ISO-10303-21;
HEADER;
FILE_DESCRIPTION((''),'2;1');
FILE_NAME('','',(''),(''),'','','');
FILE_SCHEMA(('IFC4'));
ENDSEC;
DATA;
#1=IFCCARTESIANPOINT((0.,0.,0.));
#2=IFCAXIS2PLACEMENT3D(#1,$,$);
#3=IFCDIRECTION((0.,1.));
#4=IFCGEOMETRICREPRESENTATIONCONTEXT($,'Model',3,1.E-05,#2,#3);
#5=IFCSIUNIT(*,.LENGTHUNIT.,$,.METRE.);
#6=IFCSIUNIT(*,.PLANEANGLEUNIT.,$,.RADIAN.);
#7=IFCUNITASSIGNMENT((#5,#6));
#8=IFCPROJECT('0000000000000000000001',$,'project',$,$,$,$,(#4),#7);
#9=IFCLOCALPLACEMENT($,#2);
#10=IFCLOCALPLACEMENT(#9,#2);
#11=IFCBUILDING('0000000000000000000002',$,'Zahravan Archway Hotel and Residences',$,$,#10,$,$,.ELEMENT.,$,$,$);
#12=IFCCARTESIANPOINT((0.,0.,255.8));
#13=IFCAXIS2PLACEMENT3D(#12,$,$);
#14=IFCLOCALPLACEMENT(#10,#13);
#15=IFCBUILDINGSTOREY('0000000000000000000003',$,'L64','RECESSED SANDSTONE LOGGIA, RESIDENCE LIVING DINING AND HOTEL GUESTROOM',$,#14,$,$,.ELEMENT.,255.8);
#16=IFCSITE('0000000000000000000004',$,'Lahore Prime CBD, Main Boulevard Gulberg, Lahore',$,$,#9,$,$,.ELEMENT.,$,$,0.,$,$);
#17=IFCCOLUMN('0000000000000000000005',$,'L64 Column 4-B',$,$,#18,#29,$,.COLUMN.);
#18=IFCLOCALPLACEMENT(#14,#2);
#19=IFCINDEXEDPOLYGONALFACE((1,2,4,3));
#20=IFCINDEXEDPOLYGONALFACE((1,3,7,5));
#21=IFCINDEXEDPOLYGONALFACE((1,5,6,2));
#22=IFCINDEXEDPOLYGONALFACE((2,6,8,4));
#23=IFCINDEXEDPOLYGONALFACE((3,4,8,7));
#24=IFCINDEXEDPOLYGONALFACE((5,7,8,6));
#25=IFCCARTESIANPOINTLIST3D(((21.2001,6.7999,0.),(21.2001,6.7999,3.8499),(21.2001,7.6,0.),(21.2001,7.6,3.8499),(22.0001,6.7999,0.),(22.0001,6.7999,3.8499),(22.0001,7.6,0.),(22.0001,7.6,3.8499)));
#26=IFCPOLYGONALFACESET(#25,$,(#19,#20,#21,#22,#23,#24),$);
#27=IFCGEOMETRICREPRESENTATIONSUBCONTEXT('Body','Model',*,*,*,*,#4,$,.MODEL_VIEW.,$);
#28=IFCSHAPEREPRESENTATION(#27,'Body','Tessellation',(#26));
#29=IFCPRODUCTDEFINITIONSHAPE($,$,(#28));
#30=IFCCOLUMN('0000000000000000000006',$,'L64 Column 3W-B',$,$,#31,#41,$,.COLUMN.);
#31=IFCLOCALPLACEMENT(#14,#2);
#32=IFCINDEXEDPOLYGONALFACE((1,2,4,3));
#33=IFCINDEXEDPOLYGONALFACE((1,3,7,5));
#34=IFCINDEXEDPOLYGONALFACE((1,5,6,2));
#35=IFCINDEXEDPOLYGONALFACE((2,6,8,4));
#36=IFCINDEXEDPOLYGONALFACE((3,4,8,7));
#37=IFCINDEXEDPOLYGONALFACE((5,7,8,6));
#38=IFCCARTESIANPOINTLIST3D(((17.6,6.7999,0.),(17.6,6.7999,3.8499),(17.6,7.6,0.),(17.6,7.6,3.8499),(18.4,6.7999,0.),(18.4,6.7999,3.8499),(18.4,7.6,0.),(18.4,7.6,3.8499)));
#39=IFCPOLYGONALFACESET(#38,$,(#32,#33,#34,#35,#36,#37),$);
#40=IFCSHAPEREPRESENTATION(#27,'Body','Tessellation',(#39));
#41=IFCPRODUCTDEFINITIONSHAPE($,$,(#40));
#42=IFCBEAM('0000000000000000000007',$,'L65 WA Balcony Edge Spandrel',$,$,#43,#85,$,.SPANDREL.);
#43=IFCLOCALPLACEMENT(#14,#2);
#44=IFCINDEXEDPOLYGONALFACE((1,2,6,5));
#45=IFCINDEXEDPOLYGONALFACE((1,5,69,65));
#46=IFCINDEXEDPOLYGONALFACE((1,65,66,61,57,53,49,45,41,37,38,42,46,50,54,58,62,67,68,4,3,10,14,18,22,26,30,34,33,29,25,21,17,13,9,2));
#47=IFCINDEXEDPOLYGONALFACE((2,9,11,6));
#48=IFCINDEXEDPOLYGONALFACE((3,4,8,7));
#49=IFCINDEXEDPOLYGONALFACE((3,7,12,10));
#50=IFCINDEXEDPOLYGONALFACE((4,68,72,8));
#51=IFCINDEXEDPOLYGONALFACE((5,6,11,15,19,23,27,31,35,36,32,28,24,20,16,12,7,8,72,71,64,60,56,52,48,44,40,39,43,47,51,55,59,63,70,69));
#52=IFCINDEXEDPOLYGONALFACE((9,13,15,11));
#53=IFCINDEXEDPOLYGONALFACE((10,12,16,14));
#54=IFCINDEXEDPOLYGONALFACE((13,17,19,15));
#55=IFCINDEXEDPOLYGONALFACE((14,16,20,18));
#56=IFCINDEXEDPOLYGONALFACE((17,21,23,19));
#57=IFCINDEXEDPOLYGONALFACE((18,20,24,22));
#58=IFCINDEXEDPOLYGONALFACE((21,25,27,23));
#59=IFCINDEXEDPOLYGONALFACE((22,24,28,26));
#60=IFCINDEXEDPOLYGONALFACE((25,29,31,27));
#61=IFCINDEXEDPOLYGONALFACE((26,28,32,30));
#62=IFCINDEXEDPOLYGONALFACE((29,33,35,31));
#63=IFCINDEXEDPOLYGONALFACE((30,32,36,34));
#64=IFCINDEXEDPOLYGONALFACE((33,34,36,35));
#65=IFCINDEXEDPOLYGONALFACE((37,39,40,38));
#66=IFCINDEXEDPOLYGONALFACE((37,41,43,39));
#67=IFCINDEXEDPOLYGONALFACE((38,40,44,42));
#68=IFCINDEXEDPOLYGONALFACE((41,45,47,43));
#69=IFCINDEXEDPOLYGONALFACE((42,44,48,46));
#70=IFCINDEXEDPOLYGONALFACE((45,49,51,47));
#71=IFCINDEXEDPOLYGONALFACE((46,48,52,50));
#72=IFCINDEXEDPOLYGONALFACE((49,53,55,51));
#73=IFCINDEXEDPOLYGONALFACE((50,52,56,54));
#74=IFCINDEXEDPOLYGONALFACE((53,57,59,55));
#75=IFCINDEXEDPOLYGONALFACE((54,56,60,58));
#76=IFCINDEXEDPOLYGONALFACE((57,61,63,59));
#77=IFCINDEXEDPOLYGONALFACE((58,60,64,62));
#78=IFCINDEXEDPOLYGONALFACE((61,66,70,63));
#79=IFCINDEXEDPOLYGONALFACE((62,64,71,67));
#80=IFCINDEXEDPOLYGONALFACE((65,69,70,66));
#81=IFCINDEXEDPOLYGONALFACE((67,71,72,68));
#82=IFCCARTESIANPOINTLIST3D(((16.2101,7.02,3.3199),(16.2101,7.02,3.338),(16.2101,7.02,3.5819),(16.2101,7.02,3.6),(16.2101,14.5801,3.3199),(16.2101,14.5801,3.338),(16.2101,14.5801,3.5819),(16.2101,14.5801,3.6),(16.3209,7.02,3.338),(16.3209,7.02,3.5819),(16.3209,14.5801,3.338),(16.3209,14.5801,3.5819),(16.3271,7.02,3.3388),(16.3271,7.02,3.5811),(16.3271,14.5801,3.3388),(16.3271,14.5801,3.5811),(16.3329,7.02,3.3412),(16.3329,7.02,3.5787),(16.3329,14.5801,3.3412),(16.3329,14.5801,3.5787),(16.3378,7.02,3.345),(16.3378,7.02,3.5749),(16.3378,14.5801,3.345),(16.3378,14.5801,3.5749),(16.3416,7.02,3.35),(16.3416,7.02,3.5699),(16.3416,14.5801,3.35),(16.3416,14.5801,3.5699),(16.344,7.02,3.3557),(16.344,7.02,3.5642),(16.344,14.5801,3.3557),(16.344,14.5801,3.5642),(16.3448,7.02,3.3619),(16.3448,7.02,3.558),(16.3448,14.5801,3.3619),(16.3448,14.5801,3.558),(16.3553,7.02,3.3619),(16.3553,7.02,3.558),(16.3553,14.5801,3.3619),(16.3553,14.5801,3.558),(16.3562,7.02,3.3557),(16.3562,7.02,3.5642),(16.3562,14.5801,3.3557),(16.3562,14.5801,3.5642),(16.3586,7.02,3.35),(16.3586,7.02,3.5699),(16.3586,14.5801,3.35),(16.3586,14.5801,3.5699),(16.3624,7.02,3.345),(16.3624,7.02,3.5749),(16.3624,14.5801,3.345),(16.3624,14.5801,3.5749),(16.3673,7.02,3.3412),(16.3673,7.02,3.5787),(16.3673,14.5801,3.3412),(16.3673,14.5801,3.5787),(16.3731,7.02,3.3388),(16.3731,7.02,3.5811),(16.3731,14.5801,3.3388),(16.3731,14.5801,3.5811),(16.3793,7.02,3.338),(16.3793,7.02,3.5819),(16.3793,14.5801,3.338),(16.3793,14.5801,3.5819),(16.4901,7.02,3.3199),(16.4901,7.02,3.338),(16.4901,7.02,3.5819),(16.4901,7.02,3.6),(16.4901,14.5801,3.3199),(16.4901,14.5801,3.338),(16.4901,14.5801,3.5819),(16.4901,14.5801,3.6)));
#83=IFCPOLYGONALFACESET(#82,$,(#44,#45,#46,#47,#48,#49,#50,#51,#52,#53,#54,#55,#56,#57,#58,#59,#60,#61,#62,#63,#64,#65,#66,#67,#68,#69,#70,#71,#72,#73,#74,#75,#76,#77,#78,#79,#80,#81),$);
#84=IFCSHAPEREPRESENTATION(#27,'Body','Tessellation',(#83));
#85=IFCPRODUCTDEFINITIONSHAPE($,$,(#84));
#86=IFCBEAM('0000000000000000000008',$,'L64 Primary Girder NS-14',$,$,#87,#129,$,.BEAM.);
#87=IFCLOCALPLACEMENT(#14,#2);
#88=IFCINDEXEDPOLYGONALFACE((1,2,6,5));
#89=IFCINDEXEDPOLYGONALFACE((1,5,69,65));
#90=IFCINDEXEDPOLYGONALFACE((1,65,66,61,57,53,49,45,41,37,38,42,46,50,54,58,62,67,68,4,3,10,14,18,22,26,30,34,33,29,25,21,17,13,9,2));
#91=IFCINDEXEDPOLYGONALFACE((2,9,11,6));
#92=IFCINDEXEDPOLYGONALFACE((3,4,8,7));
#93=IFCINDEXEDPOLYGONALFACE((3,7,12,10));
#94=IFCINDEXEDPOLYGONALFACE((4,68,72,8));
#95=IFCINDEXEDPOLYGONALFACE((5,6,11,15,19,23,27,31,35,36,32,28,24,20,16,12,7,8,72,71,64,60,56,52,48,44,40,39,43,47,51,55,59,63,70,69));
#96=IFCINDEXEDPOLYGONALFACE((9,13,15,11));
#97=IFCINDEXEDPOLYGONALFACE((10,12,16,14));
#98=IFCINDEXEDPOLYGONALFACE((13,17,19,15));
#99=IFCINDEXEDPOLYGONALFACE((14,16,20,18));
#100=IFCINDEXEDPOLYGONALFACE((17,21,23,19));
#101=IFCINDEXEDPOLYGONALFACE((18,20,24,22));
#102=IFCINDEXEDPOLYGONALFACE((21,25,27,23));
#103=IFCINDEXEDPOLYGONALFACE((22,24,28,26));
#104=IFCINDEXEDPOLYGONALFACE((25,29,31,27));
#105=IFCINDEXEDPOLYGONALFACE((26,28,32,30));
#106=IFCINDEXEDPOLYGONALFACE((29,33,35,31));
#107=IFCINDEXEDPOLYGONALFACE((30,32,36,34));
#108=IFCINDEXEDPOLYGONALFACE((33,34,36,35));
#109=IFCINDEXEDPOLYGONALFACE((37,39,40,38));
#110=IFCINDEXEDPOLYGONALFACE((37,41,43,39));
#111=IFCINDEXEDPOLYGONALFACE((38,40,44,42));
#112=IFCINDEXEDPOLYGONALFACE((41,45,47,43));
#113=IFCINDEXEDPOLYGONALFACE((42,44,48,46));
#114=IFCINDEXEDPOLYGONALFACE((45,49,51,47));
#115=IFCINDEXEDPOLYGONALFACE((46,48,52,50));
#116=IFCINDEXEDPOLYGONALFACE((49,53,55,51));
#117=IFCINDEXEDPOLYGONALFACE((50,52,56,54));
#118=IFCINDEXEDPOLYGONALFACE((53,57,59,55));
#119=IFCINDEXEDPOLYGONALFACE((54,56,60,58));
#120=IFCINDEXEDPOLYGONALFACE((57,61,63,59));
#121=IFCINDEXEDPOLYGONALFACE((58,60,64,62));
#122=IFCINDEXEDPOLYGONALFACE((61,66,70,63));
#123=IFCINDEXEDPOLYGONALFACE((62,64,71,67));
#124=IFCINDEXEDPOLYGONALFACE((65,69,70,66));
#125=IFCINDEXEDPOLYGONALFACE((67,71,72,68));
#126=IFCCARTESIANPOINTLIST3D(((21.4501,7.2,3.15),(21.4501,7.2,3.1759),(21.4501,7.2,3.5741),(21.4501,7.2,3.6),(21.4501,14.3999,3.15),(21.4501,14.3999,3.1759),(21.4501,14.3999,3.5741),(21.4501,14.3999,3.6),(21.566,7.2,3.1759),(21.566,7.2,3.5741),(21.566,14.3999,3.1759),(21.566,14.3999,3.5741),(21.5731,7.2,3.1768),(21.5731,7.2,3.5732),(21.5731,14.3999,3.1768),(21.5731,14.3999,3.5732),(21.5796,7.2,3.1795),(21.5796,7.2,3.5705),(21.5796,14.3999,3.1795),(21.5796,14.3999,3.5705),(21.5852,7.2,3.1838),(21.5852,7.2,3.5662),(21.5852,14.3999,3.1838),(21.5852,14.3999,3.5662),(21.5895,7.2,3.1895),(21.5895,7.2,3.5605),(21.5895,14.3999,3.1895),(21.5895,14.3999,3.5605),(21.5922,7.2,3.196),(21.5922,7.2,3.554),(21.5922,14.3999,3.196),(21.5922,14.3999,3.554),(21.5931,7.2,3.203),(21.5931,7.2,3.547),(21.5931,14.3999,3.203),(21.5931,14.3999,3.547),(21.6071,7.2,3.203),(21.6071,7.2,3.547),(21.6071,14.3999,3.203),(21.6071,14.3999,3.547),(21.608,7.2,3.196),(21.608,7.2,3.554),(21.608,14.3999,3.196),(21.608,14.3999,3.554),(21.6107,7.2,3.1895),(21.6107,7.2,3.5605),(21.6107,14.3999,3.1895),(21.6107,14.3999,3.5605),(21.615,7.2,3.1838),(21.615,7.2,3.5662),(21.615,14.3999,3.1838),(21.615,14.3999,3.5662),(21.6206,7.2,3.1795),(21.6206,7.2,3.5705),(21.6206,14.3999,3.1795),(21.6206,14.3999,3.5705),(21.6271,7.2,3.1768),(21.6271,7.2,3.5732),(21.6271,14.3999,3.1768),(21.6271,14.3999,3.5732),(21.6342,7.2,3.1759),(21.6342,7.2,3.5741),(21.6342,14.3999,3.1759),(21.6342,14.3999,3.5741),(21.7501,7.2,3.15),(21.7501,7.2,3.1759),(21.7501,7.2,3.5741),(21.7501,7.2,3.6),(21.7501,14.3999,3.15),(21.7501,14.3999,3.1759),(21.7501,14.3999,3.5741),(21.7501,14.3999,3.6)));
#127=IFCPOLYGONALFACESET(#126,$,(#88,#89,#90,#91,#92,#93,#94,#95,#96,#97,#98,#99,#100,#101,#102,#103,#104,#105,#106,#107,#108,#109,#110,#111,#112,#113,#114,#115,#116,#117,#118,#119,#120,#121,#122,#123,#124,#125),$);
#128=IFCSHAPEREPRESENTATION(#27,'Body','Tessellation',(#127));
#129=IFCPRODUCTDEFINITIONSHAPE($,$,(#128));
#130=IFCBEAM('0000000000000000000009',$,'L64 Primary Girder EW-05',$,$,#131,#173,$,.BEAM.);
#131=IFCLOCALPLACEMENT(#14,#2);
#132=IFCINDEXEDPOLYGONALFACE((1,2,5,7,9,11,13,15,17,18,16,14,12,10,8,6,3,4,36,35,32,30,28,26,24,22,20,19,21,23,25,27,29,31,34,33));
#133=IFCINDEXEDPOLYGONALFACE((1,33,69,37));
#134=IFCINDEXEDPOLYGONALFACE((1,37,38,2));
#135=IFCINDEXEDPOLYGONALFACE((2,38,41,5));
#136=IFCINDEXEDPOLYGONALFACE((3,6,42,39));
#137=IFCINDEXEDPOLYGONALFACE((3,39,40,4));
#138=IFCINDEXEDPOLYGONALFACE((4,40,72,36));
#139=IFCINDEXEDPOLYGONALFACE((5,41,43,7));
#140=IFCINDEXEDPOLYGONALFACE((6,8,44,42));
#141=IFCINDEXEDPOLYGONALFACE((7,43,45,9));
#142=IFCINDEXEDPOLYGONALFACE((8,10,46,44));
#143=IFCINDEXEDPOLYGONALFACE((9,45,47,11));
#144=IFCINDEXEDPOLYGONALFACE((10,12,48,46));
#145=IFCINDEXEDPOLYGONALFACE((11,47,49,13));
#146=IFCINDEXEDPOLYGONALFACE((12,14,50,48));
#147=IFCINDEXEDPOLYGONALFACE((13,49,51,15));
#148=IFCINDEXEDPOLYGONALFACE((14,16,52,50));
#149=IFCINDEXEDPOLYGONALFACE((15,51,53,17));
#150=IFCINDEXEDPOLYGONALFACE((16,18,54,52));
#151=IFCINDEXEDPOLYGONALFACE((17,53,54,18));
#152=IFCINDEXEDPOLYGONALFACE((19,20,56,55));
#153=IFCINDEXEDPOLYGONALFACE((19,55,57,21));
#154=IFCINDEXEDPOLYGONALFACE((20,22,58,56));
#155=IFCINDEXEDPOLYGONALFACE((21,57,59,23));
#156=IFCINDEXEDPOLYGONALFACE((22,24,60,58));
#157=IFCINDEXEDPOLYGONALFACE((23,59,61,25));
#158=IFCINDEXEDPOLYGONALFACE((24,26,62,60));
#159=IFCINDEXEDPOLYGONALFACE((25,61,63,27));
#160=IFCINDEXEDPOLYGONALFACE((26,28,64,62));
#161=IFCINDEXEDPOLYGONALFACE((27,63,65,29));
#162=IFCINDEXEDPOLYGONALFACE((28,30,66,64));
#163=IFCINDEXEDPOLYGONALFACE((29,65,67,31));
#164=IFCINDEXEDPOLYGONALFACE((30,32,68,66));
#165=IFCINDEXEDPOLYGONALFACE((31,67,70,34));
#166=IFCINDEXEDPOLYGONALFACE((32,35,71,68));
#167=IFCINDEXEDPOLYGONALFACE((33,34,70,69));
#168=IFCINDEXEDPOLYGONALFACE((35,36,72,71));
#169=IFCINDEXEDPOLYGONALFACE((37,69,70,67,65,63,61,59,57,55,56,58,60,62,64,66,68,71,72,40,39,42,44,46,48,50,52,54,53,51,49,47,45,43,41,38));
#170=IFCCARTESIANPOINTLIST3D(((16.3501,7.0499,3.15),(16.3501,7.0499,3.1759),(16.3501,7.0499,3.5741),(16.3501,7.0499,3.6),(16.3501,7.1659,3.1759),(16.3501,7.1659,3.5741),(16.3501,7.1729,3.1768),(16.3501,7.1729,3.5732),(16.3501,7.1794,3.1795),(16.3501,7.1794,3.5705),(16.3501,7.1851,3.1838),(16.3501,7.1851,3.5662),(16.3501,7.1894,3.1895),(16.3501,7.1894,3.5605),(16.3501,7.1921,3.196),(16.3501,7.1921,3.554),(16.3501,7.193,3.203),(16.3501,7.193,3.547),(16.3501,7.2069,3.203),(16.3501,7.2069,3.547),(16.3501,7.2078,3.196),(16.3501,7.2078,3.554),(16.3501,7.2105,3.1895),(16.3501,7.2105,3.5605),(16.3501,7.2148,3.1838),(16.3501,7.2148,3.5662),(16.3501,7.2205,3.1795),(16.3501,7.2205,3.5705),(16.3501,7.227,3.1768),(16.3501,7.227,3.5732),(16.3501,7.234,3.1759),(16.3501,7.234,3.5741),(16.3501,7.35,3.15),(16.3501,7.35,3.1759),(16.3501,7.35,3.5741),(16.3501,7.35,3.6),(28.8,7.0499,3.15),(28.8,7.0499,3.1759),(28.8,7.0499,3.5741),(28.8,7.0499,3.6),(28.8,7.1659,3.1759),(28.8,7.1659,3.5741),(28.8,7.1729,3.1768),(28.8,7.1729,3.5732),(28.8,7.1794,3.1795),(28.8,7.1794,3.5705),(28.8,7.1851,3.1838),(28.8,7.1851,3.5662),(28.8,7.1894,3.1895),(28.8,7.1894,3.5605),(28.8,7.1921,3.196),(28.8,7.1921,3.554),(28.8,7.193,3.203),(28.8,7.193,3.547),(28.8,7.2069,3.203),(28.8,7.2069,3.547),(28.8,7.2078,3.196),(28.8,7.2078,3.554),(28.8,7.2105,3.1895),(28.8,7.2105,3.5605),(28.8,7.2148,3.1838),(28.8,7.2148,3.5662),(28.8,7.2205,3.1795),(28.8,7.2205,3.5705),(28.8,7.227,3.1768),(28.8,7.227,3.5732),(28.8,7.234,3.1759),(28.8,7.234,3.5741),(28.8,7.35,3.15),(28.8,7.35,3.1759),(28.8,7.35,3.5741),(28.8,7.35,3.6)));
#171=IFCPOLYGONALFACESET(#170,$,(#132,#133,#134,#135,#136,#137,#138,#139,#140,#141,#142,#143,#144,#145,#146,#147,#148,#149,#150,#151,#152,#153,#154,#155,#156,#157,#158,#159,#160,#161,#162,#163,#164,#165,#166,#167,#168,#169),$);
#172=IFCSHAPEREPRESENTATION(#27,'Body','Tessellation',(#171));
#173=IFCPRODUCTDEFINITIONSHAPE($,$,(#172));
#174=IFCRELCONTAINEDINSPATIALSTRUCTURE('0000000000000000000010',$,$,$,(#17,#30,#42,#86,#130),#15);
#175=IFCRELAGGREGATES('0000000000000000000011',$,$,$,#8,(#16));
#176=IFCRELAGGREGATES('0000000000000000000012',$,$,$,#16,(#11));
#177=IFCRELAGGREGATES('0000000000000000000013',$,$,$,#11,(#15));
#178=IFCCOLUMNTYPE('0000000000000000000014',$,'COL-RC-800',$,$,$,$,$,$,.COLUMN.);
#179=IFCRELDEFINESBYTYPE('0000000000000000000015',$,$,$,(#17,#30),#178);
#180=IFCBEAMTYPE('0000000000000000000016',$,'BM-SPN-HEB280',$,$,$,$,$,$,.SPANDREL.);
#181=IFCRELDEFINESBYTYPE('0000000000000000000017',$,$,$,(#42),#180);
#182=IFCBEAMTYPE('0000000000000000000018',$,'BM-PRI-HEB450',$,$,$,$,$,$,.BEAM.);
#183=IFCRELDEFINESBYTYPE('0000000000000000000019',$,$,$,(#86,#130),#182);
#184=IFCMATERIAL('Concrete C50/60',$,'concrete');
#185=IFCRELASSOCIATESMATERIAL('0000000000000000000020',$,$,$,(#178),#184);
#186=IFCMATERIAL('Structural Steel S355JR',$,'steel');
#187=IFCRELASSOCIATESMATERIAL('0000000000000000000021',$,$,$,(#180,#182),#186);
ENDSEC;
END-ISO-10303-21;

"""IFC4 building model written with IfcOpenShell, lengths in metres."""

from ifc_helpers import new_model, si_unit, direction, frame, origin, origin_2d, place, context, subcontext, project, spatial, rectangle, i_section, extrude, source, transform, mapped, material, material_profile, profile_set, type_object, type_shapes, element, save


model = new_model("IFC4")

# Units and contexts
model_context = context("Model", 3, precision=1e-05, world=origin(), true_north=direction((0.0, 1.0)))
body_context = subcontext(model_context, "Body", "Model", "MODEL_VIEW")
ifc_project = project(units=[si_unit("LENGTHUNIT", "METRE"), si_unit("PLANEANGLEUNIT", "RADIAN")], contexts=[model_context])

# Site, building, storey
site_placement = place(None, origin())
site = spatial("IfcSite", under=ifc_project, at=site_placement, Name="Lahore Prime CBD, Main Boulevard Gulberg, Lahore", CompositionType="ELEMENT", RefElevation=0.0)
building_placement = place(site_placement, origin())
building = spatial("IfcBuilding", under=site, at=building_placement, Name="Zahravan Archway Hotel and Residences", CompositionType="ELEMENT")
storey_placement = place(building_placement, frame((0.0, 0.0, 255.8)))
storey = spatial("IfcBuildingStorey", under=building, at=storey_placement, Name="L64", Description="RECESSED SANDSTONE LOGGIA, RESIDENCE LIVING DINING AND HOTEL GUESTROOM", CompositionType="ELEMENT", Elevation=255.8)

# Columns
ifc_material_1 = material(Name="Concrete C50/60", Category="concrete")
ifc_material_profile_1 = material_profile(ifc_material_1, rectangle(XDim=0.8, YDim=0.8, at=origin_2d()), Name="RC-COL-800x800", Category="concrete")
ifc_profile_set_1 = profile_set([ifc_material_profile_1], Name="Concrete C50/60")
column_type = type_object("IfcColumnType", Name="COL-RC-800", PredefinedType="COLUMN", material=ifc_profile_set_1)
shared_shape_1 = source(origin(), body_context, "Body", "SweptSolid", [
    extrude(rectangle(XDim=0.8, YDim=0.8, at=origin_2d()), origin(), (0.0, 0.0, 1.0), 3.8499),
])
for number, where, z_axis, x_axis, name in (
    (1, (21.6001, 7.2, 0.0), (0.0, 0.0, 1.0), (1.0, 0.0, 0.0), "L64 Column 4-B"),
    (2, (18.0, 7.2, 0.0), (0.0, 0.0, 1.0), (1.0, 0.0, 0.0), "L64 Column 3W-B"),
):
    element("IfcColumn", number, at=place(storey_placement, frame(where, z_axis=z_axis, x_axis=x_axis)), inside=storey, type_object=column_type, Name=name, PredefinedType="COLUMN", context=body_context, shape_type="MappedRepresentation", body=[
        mapped(shared_shape_1, transform((0.0, 0.0, 0.0), scale=1.0)),
    ])

# Beams
ifc_material_2 = material(Name="Structural Steel S355JR", Category="steel")
ifc_material_profile_2 = material_profile(ifc_material_2, i_section(OverallWidth=0.28, OverallDepth=0.28, WebThickness=0.0105, FlangeThickness=0.0181, FilletRadius=0.0239, at=origin_2d()), Name="HEB 280", Category="steel")
ifc_profile_set_2 = profile_set([ifc_material_profile_2], Name="Structural Steel S355JR")
beam_type_1 = type_object("IfcBeamType", Name="BM-SPN-HEB280", PredefinedType="SPANDREL", material=ifc_profile_set_2)
shared_shape_2 = source(origin(), body_context, "Body", "SweptSolid", [
    extrude(i_section(OverallWidth=0.28, OverallDepth=0.28, WebThickness=0.0105, FlangeThickness=0.0181, FilletRadius=0.0239, at=origin_2d()), origin(), (0.0, 0.0, 1.0), 7.5601),
])
type_shapes(beam_type_1, [shared_shape_2])
beam_1_placement = place(storey_placement, frame((16.3501, 7.02, 3.46), z_axis=(0.0, 1.0, 0.0), x_axis=(-1.0, 0.0, 0.0)))
element("IfcBeam", 3, at=beam_1_placement, inside=storey, type_object=beam_type_1, Name="L65 WA Balcony Edge Spandrel", PredefinedType="SPANDREL", context=body_context, shape_type="MappedRepresentation", body=[
    mapped(shared_shape_2, transform((0.0, 0.0, 0.0), scale=1.0)),
])
ifc_material_profile_3 = material_profile(ifc_material_2, i_section(OverallWidth=0.3, OverallDepth=0.45, WebThickness=0.0139, FlangeThickness=0.0259, FilletRadius=0.0271, at=origin_2d()), Name="HEB 450", Category="steel")
ifc_profile_set_3 = profile_set([ifc_material_profile_3], Name="Structural Steel S355JR")
beam_type_2 = type_object("IfcBeamType", Name="BM-PRI-HEB450", PredefinedType="BEAM", material=ifc_profile_set_3)
shared_shape_3 = source(origin(), body_context, "Body", "SweptSolid", [
    extrude(i_section(OverallWidth=0.3, OverallDepth=0.45, WebThickness=0.0139, FlangeThickness=0.0259, FilletRadius=0.0271, at=origin_2d()), origin(), (0.0, 0.0, 1.0), 7.2),
])
beam_2_placement = place(storey_placement, frame((21.6001, 7.2, 3.375), z_axis=(0.0, 1.0, 0.0), x_axis=(-1.0, 0.0, 0.0)))
element("IfcBeam", 4, at=beam_2_placement, inside=storey, type_object=beam_type_2, Name="L64 Primary Girder NS-14", PredefinedType="BEAM", context=body_context, shape_type="MappedRepresentation", body=[
    mapped(shared_shape_3, transform((0.0, 0.0, 0.0), scale=1.0)),
])
shared_shape_4 = source(origin(), body_context, "Body", "SweptSolid", [
    extrude(i_section(OverallWidth=0.3, OverallDepth=0.45, WebThickness=0.0139, FlangeThickness=0.0259, FilletRadius=0.0271, at=origin_2d()), origin(), (0.0, 0.0, 1.0), 12.45),
])
beam_3_placement = place(storey_placement, frame((16.3501, 7.2, 3.375), z_axis=(1.0, 0.0, 0.0), x_axis=(0.0, 1.0, 0.0)))
element("IfcBeam", 5, at=beam_3_placement, inside=storey, type_object=beam_type_2, Name="L64 Primary Girder EW-05", PredefinedType="BEAM", context=body_context, shape_type="MappedRepresentation", body=[
    mapped(shared_shape_4, transform((0.0, 0.0, 0.0), scale=1.0)),
])

save(model, "model.ifc")
